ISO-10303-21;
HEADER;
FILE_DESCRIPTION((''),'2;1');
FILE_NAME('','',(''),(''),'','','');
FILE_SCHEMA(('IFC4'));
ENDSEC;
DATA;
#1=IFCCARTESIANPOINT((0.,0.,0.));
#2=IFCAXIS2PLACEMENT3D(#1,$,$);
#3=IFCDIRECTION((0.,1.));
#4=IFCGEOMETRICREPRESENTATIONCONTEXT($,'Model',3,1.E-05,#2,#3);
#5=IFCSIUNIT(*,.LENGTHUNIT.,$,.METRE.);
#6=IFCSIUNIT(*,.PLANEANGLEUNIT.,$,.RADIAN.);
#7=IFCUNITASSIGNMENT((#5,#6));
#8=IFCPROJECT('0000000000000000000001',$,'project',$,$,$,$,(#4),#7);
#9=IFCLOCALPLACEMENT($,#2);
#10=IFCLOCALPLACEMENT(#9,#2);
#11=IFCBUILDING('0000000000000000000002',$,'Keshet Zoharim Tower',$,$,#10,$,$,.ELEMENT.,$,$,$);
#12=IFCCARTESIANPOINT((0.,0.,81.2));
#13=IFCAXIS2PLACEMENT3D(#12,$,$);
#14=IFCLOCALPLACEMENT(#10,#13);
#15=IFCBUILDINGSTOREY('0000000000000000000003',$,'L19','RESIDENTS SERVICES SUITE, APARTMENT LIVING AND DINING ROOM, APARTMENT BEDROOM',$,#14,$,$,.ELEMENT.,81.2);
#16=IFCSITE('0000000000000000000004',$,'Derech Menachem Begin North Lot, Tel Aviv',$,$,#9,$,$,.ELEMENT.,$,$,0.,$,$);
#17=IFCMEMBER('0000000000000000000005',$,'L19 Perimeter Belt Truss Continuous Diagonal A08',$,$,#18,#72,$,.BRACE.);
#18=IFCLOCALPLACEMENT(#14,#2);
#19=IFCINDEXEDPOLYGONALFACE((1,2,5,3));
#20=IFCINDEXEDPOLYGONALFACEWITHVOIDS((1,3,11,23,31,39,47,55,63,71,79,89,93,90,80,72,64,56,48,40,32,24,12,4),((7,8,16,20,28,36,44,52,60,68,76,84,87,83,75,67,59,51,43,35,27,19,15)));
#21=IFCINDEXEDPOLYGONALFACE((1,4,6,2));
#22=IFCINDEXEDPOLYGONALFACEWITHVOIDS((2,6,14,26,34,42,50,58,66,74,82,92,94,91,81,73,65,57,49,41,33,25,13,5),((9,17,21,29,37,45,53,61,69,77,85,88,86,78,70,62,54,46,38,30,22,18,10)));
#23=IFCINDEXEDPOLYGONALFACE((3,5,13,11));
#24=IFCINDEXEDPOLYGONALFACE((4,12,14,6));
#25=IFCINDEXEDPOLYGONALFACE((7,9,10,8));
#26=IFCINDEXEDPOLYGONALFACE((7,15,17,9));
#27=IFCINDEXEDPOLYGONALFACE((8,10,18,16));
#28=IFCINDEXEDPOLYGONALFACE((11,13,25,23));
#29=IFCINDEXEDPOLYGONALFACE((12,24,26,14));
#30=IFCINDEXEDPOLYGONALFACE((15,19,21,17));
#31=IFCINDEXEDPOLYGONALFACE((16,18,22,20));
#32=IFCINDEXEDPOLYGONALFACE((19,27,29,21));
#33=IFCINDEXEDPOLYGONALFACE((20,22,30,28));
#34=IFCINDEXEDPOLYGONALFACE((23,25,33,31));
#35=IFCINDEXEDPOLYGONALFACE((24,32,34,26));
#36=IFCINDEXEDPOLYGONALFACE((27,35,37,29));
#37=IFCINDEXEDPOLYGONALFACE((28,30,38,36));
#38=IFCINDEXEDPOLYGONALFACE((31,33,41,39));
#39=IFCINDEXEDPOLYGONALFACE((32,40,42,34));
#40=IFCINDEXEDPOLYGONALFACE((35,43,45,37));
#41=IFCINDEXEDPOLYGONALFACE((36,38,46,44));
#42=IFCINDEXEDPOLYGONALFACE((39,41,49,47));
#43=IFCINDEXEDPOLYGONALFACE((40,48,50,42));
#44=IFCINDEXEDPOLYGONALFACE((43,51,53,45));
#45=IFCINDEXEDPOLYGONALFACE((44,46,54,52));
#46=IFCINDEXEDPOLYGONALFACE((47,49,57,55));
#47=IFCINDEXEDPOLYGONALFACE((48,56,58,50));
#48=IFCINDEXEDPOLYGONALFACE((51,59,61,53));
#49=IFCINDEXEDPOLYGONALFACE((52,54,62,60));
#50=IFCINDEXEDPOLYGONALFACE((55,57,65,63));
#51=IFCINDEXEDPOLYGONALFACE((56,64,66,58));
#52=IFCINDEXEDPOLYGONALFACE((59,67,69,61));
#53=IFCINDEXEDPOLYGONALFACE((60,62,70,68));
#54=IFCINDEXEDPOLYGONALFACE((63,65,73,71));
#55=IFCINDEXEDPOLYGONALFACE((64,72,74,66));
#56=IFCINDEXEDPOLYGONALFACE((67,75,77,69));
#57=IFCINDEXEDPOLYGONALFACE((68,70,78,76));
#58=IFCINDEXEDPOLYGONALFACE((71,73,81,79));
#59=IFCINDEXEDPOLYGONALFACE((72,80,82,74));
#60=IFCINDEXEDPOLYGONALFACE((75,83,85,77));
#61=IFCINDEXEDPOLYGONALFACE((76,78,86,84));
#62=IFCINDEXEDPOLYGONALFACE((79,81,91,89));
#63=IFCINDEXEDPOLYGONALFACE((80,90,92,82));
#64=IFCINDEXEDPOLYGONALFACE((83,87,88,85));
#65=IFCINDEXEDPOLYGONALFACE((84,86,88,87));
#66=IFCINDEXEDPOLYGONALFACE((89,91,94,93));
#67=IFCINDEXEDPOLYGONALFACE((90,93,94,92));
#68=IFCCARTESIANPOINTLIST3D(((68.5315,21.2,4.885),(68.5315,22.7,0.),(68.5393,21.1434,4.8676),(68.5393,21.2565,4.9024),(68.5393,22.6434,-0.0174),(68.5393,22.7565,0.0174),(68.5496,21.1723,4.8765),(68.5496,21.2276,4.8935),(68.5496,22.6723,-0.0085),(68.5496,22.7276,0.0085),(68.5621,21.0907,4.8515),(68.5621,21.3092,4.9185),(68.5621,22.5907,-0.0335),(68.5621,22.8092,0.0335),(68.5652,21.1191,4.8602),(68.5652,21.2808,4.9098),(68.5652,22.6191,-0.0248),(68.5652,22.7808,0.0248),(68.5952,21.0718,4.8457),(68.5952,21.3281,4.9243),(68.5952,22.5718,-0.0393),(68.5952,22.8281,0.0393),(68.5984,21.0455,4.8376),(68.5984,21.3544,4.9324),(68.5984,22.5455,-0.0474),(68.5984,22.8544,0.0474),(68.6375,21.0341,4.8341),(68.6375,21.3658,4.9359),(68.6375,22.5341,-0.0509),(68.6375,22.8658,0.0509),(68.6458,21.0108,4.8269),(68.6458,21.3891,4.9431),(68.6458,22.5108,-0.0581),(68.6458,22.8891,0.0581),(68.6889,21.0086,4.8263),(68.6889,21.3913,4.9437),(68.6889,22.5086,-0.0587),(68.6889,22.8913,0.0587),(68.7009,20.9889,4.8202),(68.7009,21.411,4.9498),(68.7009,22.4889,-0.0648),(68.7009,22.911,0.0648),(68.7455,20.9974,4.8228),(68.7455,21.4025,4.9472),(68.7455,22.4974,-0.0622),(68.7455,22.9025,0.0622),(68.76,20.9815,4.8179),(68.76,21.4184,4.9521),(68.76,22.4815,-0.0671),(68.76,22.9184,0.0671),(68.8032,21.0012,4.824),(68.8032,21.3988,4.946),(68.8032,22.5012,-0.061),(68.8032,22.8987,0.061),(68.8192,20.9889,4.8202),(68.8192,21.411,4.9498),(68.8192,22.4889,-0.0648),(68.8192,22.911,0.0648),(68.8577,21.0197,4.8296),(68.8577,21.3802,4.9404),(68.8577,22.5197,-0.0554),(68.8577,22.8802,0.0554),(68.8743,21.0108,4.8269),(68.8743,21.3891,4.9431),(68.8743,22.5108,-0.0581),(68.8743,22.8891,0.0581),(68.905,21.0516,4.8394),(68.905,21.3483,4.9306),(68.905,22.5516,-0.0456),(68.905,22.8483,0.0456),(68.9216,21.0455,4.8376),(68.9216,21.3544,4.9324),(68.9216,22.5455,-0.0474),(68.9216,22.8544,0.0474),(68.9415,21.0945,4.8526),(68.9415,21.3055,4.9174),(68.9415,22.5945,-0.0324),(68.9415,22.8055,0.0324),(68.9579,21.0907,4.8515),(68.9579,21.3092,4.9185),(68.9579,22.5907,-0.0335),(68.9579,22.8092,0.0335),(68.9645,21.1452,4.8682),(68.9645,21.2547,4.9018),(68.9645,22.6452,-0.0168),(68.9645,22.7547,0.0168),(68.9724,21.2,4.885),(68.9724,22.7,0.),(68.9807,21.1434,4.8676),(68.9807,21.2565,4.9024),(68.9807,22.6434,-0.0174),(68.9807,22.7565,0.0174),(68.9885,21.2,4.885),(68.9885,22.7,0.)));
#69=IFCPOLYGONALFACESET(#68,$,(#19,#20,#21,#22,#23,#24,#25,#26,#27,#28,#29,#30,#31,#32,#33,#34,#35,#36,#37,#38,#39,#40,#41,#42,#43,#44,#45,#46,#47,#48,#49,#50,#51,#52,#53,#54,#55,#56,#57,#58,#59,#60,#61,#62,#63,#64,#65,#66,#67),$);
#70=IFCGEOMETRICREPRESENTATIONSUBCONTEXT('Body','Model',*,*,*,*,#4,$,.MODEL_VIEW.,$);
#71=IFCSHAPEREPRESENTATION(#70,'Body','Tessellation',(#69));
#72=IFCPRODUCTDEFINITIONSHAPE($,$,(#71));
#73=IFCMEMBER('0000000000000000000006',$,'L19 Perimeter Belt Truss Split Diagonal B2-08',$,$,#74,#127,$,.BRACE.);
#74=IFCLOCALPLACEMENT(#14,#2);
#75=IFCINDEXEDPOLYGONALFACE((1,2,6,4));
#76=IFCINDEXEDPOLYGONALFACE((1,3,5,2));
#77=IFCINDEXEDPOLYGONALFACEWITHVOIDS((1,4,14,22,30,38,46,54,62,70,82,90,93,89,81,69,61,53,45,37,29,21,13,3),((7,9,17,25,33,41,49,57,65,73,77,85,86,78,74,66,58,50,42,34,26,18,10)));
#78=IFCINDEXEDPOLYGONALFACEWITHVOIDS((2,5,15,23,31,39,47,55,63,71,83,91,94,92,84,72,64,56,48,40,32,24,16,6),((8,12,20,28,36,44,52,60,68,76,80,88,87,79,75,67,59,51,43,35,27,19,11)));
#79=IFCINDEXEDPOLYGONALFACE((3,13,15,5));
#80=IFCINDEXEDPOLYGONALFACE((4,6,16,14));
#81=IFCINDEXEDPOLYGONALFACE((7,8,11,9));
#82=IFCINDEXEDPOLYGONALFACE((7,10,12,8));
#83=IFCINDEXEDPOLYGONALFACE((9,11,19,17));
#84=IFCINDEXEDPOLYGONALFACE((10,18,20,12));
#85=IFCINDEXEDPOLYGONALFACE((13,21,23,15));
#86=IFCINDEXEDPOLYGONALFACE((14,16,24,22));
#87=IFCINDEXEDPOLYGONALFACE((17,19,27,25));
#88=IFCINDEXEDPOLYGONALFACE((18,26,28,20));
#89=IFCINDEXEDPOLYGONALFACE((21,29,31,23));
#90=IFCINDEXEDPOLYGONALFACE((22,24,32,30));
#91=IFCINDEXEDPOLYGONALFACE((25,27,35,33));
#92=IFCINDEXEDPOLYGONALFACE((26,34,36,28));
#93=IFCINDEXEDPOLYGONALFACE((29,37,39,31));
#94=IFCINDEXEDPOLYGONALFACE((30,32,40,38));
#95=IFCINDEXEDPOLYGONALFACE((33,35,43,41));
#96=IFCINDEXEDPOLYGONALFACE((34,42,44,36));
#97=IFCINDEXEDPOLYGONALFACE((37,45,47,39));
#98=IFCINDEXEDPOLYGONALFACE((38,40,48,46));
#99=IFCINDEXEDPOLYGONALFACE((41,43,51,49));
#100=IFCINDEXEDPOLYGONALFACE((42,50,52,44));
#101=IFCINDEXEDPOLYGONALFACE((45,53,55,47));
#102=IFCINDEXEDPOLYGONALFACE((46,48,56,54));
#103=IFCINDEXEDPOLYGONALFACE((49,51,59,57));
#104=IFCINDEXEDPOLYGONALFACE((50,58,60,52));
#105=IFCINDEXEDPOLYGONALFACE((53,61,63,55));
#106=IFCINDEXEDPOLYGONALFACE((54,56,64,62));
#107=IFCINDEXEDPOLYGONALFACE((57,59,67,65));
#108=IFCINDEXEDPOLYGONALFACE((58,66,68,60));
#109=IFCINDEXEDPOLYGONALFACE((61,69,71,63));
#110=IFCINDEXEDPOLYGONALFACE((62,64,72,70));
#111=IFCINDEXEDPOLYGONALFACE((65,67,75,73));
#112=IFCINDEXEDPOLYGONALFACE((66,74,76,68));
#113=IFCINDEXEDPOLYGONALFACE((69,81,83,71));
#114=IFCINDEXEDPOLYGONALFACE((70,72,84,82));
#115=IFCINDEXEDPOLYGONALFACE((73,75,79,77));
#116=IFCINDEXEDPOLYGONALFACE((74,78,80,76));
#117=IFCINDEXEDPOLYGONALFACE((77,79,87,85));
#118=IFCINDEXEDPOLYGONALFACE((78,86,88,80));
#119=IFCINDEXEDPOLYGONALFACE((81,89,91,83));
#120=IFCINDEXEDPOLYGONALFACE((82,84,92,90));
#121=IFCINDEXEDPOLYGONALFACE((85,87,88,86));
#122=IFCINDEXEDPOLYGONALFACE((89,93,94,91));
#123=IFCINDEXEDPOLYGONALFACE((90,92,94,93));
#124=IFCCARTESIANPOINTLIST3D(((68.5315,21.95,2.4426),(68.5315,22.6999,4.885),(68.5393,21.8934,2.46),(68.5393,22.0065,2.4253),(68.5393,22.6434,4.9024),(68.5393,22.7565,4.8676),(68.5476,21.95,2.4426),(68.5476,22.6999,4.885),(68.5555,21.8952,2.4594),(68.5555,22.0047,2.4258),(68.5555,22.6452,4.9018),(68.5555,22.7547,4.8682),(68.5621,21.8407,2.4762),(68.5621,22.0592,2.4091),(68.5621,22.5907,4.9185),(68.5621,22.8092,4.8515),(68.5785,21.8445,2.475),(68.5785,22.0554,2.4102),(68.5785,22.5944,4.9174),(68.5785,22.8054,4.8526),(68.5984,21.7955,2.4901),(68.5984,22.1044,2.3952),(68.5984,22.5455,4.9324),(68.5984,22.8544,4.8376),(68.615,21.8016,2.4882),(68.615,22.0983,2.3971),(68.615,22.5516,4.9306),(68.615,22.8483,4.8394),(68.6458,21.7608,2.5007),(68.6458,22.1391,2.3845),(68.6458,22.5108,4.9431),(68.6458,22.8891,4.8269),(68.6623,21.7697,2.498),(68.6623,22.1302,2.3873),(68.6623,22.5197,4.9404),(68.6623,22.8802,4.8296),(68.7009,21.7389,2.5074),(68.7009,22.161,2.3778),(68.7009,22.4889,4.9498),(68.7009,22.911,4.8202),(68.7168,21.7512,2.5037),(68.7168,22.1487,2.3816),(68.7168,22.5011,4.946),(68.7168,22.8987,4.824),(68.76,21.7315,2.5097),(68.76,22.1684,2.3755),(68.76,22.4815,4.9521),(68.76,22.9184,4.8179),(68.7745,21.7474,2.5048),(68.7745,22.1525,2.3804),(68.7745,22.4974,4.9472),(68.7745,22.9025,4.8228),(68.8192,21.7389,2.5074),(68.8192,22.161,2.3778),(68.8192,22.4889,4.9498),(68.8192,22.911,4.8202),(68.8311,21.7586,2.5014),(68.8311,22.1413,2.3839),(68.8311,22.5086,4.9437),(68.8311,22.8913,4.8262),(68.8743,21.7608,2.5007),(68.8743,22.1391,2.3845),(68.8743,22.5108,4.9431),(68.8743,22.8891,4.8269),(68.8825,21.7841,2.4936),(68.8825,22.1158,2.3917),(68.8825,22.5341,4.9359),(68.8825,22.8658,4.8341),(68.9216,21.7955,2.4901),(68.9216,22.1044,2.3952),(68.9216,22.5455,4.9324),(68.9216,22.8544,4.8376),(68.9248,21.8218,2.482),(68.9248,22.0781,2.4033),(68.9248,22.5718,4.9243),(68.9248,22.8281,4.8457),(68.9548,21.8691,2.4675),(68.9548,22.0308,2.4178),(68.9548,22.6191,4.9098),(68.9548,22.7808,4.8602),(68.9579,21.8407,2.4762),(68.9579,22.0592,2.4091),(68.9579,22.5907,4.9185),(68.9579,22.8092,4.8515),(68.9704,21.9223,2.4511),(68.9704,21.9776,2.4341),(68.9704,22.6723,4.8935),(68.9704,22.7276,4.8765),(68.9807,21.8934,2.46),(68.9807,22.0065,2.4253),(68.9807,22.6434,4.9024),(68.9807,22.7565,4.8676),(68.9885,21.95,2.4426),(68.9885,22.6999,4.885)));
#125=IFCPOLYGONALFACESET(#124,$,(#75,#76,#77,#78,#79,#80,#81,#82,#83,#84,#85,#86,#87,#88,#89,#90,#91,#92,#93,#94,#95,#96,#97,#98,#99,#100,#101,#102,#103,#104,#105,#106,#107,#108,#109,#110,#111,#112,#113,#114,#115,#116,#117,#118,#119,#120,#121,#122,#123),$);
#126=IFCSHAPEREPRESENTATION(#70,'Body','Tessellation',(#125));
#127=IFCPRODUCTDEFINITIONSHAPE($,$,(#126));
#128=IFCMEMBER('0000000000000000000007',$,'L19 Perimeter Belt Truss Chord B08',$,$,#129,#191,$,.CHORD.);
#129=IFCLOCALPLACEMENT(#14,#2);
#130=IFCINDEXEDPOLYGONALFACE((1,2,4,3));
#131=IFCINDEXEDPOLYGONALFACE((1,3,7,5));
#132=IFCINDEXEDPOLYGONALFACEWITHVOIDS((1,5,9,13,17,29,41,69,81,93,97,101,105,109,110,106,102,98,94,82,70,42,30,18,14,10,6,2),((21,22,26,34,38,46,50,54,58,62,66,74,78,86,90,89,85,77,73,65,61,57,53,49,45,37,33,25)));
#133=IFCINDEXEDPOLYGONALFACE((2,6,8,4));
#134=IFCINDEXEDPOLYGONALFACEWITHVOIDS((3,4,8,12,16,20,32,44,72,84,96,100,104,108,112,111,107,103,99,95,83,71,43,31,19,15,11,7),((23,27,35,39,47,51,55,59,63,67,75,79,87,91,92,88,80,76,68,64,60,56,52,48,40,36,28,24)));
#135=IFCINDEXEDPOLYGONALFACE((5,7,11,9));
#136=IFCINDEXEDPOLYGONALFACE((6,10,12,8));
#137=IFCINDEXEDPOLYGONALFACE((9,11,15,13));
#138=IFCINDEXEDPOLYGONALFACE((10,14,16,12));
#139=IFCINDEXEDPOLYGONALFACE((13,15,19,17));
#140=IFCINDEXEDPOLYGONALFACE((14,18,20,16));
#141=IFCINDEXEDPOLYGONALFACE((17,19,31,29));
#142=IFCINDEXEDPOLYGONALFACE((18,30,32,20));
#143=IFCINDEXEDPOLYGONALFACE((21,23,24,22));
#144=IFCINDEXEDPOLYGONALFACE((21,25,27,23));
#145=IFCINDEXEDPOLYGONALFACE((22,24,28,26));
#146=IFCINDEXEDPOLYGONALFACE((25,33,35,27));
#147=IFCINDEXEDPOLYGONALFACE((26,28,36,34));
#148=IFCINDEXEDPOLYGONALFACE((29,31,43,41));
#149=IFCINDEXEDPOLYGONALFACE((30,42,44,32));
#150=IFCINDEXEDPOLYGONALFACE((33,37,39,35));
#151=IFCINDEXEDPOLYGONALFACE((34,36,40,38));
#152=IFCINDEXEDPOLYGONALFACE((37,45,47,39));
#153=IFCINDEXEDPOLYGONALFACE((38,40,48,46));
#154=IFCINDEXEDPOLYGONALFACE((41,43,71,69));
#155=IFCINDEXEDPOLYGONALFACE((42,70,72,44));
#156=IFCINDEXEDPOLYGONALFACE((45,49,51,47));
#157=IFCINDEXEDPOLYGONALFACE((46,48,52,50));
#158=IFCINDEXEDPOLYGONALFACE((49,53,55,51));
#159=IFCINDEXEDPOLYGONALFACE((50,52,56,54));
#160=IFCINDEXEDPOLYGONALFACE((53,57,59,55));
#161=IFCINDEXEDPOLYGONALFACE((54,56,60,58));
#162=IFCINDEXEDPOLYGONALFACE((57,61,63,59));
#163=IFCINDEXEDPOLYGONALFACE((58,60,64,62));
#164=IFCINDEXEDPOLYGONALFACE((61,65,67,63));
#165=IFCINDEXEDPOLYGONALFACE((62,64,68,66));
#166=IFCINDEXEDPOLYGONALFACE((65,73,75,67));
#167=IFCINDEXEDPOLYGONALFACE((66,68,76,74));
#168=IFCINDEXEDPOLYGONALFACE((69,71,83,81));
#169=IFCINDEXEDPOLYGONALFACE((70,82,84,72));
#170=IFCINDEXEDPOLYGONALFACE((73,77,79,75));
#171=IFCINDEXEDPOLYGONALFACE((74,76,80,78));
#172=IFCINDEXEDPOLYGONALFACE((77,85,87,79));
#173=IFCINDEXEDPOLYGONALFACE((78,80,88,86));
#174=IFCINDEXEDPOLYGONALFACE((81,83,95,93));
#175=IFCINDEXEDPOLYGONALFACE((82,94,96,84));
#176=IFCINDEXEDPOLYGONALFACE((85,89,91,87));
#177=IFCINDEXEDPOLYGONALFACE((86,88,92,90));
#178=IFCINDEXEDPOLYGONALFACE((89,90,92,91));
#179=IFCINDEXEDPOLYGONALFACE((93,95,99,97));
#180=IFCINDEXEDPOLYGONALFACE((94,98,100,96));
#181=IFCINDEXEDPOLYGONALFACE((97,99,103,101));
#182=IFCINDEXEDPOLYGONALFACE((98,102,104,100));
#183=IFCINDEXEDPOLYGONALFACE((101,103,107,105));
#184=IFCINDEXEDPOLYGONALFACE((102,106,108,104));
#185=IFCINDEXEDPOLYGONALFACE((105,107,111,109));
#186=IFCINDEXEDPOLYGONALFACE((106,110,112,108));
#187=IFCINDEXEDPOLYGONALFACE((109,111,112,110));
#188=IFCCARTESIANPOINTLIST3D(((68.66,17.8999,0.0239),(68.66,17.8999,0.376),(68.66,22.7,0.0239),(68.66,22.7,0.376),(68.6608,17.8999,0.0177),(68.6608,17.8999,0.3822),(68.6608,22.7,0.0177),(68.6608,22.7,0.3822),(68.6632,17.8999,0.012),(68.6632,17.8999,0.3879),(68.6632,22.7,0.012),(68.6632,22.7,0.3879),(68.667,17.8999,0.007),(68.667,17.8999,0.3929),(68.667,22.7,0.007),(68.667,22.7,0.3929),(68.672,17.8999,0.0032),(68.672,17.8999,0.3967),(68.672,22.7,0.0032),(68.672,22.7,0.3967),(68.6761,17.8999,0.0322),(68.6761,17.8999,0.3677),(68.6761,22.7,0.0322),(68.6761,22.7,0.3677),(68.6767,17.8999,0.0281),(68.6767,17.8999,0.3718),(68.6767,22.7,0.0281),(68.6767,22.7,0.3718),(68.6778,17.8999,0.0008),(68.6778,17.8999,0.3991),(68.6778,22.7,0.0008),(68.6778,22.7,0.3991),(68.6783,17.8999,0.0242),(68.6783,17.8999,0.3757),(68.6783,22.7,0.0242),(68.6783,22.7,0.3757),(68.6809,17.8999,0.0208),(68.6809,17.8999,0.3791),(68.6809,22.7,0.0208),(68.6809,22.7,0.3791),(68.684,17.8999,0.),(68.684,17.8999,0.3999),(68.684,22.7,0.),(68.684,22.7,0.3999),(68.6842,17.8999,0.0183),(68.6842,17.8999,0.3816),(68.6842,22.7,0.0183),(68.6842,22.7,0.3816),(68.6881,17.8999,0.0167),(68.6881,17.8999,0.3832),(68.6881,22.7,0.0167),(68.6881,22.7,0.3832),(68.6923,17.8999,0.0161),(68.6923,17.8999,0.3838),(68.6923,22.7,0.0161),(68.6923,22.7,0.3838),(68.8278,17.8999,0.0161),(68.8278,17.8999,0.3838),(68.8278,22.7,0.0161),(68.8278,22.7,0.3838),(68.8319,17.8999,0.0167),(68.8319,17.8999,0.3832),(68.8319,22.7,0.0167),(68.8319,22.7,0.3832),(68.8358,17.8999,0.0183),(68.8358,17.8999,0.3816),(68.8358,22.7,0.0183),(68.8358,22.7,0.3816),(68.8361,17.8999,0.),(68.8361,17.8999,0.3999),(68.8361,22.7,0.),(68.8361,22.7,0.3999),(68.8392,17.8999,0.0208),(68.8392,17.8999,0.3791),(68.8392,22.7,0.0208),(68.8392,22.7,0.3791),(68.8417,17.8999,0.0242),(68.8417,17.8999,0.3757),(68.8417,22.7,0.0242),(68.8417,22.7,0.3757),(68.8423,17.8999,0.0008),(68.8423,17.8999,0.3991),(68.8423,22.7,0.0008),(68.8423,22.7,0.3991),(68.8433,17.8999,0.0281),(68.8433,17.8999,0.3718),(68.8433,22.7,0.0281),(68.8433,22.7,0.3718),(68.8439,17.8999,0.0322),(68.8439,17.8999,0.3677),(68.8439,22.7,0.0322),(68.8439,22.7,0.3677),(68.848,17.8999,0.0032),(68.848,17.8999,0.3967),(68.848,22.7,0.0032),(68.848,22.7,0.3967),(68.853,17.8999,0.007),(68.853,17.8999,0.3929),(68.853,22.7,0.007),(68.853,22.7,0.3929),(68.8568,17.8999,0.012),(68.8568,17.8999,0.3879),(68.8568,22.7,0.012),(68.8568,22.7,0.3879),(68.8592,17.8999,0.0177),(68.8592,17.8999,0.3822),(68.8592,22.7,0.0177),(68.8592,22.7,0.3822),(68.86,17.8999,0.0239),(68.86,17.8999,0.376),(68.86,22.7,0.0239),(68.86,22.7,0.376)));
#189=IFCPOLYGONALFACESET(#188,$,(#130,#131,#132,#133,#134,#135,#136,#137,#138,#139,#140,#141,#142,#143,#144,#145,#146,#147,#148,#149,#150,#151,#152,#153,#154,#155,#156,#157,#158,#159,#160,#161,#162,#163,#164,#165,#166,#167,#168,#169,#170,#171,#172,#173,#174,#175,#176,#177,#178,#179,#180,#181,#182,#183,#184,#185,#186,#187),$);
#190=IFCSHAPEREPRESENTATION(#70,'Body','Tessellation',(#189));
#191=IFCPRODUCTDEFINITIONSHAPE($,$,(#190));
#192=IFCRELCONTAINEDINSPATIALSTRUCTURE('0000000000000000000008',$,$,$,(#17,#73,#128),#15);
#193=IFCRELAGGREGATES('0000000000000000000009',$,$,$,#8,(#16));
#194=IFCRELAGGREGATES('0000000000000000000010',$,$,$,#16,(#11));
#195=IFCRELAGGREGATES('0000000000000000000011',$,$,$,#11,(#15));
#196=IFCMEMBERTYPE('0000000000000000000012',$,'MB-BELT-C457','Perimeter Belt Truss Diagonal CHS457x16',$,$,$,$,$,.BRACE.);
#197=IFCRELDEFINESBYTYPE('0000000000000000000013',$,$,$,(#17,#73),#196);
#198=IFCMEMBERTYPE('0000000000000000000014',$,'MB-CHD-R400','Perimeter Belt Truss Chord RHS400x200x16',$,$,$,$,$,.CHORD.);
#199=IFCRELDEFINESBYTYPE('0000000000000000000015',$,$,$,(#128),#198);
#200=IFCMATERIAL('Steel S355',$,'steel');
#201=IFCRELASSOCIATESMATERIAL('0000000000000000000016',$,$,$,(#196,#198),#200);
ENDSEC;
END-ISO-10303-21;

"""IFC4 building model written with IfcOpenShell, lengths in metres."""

from ifc_helpers import new_model, si_unit, direction, frame, origin, origin_2d, place, context, subcontext, project, spatial, hollow_rectangle, hollow_circle, extrude, material, material_profile, profile_set, type_object, element, save


model = new_model("IFC4")

# Units and contexts
model_context = context("Model", 3, precision=1e-05, world=origin(), true_north=direction((0.0, 1.0)))
body_context = subcontext(model_context, "Body", "Model", "MODEL_VIEW")
ifc_project = project(units=[si_unit("LENGTHUNIT", "METRE"), si_unit("PLANEANGLEUNIT", "RADIAN")], contexts=[model_context])

# Site, building, storey
site_placement = place(None, origin())
site = spatial("IfcSite", under=ifc_project, at=site_placement, Name="Derech Menachem Begin North Lot, Tel Aviv", CompositionType="ELEMENT", RefElevation=0.0)
building_placement = place(site_placement, origin())
building = spatial("IfcBuilding", under=site, at=building_placement, Name="Keshet Zoharim Tower", CompositionType="ELEMENT")
storey_placement = place(building_placement, frame((0.0, 0.0, 81.2)))
storey = spatial("IfcBuildingStorey", under=building, at=storey_placement, Name="L19", Description="RESIDENTS SERVICES SUITE, APARTMENT LIVING AND DINING ROOM, APARTMENT BEDROOM", CompositionType="ELEMENT", Elevation=81.2)

# Shared definitions
ifc_material_1 = material(Name="Steel S355", Category="steel")

# Members
ifc_material_profile_1 = material_profile(ifc_material_1, hollow_circle(Radius=0.2285, WallThickness=0.0161, at=origin_2d()), Name="CHS457x16")
ifc_profile_set_1 = profile_set([ifc_material_profile_1], Name="Steel S355")
member_type_1 = type_object("IfcMemberType", Name="MB-BELT-C457", Description="Perimeter Belt Truss Diagonal CHS457x16", PredefinedType="BRACE", material=ifc_profile_set_1)
member_1_placement = place(storey_placement, frame((68.76, 22.7, 0.0), z_axis=(0.0, -0.293535, 0.955948), x_axis=(1.0, 0.0, 0.0)))
element("IfcMember", 1, at=member_1_placement, inside=storey, type_object=member_type_1, Name="L19 Perimeter Belt Truss Continuous Diagonal A08", PredefinedType="BRACE", context=body_context, shape_type="SweptSolid", body=[
    extrude(hollow_circle(Radius=0.2285, WallThickness=0.0161, at=origin_2d()), origin(), (0.0, 0.0, 1.0), 5.1101),
])
member_2_placement = place(storey_placement, frame((68.76, 21.95, 2.4426), z_axis=(0.0, 0.293549, 0.955944), x_axis=(-1.0, 0.0, 0.0)))
element("IfcMember", 2, at=member_2_placement, inside=storey, type_object=member_type_1, Name="L19 Perimeter Belt Truss Split Diagonal B2-08", PredefinedType="BRACE", context=body_context, shape_type="SweptSolid", body=[
    extrude(hollow_circle(Radius=0.2285, WallThickness=0.0161, at=origin_2d()), origin(), (0.0, 0.0, 1.0), 2.5549),
])
ifc_material_profile_2 = material_profile(ifc_material_1, hollow_rectangle(XDim=0.2, YDim=0.3999, WallThickness=0.0161, InnerFilletRadius=0.0161, OuterFilletRadius=0.0239, at=origin_2d()), Name="RHS400x200x16")
ifc_profile_set_2 = profile_set([ifc_material_profile_2], Name="Steel S355")
member_type_2 = type_object("IfcMemberType", Name="MB-CHD-R400", Description="Perimeter Belt Truss Chord RHS400x200x16", PredefinedType="CHORD", material=ifc_profile_set_2)
for number, where, z_axis, x_axis, name in (
    (3, (68.76, 22.7, 0.2), (0.0, -1.0, 0.0), (1.0, 0.0, 0.0), "L19 Perimeter Belt Truss Chord B08"),
):
    element("IfcMember", number, at=place(storey_placement, frame(where, z_axis=z_axis, x_axis=x_axis)), inside=storey, type_object=member_type_2, Name=name, PredefinedType="CHORD", context=body_context, shape_type="SweptSolid", body=[
        extrude(hollow_rectangle(XDim=0.2, YDim=0.3999, WallThickness=0.0161, InnerFilletRadius=0.0161, OuterFilletRadius=0.0239, at=origin_2d()), origin(), (0.0, 0.0, 1.0), 4.8),
    ])

save(model, "model.ifc")
